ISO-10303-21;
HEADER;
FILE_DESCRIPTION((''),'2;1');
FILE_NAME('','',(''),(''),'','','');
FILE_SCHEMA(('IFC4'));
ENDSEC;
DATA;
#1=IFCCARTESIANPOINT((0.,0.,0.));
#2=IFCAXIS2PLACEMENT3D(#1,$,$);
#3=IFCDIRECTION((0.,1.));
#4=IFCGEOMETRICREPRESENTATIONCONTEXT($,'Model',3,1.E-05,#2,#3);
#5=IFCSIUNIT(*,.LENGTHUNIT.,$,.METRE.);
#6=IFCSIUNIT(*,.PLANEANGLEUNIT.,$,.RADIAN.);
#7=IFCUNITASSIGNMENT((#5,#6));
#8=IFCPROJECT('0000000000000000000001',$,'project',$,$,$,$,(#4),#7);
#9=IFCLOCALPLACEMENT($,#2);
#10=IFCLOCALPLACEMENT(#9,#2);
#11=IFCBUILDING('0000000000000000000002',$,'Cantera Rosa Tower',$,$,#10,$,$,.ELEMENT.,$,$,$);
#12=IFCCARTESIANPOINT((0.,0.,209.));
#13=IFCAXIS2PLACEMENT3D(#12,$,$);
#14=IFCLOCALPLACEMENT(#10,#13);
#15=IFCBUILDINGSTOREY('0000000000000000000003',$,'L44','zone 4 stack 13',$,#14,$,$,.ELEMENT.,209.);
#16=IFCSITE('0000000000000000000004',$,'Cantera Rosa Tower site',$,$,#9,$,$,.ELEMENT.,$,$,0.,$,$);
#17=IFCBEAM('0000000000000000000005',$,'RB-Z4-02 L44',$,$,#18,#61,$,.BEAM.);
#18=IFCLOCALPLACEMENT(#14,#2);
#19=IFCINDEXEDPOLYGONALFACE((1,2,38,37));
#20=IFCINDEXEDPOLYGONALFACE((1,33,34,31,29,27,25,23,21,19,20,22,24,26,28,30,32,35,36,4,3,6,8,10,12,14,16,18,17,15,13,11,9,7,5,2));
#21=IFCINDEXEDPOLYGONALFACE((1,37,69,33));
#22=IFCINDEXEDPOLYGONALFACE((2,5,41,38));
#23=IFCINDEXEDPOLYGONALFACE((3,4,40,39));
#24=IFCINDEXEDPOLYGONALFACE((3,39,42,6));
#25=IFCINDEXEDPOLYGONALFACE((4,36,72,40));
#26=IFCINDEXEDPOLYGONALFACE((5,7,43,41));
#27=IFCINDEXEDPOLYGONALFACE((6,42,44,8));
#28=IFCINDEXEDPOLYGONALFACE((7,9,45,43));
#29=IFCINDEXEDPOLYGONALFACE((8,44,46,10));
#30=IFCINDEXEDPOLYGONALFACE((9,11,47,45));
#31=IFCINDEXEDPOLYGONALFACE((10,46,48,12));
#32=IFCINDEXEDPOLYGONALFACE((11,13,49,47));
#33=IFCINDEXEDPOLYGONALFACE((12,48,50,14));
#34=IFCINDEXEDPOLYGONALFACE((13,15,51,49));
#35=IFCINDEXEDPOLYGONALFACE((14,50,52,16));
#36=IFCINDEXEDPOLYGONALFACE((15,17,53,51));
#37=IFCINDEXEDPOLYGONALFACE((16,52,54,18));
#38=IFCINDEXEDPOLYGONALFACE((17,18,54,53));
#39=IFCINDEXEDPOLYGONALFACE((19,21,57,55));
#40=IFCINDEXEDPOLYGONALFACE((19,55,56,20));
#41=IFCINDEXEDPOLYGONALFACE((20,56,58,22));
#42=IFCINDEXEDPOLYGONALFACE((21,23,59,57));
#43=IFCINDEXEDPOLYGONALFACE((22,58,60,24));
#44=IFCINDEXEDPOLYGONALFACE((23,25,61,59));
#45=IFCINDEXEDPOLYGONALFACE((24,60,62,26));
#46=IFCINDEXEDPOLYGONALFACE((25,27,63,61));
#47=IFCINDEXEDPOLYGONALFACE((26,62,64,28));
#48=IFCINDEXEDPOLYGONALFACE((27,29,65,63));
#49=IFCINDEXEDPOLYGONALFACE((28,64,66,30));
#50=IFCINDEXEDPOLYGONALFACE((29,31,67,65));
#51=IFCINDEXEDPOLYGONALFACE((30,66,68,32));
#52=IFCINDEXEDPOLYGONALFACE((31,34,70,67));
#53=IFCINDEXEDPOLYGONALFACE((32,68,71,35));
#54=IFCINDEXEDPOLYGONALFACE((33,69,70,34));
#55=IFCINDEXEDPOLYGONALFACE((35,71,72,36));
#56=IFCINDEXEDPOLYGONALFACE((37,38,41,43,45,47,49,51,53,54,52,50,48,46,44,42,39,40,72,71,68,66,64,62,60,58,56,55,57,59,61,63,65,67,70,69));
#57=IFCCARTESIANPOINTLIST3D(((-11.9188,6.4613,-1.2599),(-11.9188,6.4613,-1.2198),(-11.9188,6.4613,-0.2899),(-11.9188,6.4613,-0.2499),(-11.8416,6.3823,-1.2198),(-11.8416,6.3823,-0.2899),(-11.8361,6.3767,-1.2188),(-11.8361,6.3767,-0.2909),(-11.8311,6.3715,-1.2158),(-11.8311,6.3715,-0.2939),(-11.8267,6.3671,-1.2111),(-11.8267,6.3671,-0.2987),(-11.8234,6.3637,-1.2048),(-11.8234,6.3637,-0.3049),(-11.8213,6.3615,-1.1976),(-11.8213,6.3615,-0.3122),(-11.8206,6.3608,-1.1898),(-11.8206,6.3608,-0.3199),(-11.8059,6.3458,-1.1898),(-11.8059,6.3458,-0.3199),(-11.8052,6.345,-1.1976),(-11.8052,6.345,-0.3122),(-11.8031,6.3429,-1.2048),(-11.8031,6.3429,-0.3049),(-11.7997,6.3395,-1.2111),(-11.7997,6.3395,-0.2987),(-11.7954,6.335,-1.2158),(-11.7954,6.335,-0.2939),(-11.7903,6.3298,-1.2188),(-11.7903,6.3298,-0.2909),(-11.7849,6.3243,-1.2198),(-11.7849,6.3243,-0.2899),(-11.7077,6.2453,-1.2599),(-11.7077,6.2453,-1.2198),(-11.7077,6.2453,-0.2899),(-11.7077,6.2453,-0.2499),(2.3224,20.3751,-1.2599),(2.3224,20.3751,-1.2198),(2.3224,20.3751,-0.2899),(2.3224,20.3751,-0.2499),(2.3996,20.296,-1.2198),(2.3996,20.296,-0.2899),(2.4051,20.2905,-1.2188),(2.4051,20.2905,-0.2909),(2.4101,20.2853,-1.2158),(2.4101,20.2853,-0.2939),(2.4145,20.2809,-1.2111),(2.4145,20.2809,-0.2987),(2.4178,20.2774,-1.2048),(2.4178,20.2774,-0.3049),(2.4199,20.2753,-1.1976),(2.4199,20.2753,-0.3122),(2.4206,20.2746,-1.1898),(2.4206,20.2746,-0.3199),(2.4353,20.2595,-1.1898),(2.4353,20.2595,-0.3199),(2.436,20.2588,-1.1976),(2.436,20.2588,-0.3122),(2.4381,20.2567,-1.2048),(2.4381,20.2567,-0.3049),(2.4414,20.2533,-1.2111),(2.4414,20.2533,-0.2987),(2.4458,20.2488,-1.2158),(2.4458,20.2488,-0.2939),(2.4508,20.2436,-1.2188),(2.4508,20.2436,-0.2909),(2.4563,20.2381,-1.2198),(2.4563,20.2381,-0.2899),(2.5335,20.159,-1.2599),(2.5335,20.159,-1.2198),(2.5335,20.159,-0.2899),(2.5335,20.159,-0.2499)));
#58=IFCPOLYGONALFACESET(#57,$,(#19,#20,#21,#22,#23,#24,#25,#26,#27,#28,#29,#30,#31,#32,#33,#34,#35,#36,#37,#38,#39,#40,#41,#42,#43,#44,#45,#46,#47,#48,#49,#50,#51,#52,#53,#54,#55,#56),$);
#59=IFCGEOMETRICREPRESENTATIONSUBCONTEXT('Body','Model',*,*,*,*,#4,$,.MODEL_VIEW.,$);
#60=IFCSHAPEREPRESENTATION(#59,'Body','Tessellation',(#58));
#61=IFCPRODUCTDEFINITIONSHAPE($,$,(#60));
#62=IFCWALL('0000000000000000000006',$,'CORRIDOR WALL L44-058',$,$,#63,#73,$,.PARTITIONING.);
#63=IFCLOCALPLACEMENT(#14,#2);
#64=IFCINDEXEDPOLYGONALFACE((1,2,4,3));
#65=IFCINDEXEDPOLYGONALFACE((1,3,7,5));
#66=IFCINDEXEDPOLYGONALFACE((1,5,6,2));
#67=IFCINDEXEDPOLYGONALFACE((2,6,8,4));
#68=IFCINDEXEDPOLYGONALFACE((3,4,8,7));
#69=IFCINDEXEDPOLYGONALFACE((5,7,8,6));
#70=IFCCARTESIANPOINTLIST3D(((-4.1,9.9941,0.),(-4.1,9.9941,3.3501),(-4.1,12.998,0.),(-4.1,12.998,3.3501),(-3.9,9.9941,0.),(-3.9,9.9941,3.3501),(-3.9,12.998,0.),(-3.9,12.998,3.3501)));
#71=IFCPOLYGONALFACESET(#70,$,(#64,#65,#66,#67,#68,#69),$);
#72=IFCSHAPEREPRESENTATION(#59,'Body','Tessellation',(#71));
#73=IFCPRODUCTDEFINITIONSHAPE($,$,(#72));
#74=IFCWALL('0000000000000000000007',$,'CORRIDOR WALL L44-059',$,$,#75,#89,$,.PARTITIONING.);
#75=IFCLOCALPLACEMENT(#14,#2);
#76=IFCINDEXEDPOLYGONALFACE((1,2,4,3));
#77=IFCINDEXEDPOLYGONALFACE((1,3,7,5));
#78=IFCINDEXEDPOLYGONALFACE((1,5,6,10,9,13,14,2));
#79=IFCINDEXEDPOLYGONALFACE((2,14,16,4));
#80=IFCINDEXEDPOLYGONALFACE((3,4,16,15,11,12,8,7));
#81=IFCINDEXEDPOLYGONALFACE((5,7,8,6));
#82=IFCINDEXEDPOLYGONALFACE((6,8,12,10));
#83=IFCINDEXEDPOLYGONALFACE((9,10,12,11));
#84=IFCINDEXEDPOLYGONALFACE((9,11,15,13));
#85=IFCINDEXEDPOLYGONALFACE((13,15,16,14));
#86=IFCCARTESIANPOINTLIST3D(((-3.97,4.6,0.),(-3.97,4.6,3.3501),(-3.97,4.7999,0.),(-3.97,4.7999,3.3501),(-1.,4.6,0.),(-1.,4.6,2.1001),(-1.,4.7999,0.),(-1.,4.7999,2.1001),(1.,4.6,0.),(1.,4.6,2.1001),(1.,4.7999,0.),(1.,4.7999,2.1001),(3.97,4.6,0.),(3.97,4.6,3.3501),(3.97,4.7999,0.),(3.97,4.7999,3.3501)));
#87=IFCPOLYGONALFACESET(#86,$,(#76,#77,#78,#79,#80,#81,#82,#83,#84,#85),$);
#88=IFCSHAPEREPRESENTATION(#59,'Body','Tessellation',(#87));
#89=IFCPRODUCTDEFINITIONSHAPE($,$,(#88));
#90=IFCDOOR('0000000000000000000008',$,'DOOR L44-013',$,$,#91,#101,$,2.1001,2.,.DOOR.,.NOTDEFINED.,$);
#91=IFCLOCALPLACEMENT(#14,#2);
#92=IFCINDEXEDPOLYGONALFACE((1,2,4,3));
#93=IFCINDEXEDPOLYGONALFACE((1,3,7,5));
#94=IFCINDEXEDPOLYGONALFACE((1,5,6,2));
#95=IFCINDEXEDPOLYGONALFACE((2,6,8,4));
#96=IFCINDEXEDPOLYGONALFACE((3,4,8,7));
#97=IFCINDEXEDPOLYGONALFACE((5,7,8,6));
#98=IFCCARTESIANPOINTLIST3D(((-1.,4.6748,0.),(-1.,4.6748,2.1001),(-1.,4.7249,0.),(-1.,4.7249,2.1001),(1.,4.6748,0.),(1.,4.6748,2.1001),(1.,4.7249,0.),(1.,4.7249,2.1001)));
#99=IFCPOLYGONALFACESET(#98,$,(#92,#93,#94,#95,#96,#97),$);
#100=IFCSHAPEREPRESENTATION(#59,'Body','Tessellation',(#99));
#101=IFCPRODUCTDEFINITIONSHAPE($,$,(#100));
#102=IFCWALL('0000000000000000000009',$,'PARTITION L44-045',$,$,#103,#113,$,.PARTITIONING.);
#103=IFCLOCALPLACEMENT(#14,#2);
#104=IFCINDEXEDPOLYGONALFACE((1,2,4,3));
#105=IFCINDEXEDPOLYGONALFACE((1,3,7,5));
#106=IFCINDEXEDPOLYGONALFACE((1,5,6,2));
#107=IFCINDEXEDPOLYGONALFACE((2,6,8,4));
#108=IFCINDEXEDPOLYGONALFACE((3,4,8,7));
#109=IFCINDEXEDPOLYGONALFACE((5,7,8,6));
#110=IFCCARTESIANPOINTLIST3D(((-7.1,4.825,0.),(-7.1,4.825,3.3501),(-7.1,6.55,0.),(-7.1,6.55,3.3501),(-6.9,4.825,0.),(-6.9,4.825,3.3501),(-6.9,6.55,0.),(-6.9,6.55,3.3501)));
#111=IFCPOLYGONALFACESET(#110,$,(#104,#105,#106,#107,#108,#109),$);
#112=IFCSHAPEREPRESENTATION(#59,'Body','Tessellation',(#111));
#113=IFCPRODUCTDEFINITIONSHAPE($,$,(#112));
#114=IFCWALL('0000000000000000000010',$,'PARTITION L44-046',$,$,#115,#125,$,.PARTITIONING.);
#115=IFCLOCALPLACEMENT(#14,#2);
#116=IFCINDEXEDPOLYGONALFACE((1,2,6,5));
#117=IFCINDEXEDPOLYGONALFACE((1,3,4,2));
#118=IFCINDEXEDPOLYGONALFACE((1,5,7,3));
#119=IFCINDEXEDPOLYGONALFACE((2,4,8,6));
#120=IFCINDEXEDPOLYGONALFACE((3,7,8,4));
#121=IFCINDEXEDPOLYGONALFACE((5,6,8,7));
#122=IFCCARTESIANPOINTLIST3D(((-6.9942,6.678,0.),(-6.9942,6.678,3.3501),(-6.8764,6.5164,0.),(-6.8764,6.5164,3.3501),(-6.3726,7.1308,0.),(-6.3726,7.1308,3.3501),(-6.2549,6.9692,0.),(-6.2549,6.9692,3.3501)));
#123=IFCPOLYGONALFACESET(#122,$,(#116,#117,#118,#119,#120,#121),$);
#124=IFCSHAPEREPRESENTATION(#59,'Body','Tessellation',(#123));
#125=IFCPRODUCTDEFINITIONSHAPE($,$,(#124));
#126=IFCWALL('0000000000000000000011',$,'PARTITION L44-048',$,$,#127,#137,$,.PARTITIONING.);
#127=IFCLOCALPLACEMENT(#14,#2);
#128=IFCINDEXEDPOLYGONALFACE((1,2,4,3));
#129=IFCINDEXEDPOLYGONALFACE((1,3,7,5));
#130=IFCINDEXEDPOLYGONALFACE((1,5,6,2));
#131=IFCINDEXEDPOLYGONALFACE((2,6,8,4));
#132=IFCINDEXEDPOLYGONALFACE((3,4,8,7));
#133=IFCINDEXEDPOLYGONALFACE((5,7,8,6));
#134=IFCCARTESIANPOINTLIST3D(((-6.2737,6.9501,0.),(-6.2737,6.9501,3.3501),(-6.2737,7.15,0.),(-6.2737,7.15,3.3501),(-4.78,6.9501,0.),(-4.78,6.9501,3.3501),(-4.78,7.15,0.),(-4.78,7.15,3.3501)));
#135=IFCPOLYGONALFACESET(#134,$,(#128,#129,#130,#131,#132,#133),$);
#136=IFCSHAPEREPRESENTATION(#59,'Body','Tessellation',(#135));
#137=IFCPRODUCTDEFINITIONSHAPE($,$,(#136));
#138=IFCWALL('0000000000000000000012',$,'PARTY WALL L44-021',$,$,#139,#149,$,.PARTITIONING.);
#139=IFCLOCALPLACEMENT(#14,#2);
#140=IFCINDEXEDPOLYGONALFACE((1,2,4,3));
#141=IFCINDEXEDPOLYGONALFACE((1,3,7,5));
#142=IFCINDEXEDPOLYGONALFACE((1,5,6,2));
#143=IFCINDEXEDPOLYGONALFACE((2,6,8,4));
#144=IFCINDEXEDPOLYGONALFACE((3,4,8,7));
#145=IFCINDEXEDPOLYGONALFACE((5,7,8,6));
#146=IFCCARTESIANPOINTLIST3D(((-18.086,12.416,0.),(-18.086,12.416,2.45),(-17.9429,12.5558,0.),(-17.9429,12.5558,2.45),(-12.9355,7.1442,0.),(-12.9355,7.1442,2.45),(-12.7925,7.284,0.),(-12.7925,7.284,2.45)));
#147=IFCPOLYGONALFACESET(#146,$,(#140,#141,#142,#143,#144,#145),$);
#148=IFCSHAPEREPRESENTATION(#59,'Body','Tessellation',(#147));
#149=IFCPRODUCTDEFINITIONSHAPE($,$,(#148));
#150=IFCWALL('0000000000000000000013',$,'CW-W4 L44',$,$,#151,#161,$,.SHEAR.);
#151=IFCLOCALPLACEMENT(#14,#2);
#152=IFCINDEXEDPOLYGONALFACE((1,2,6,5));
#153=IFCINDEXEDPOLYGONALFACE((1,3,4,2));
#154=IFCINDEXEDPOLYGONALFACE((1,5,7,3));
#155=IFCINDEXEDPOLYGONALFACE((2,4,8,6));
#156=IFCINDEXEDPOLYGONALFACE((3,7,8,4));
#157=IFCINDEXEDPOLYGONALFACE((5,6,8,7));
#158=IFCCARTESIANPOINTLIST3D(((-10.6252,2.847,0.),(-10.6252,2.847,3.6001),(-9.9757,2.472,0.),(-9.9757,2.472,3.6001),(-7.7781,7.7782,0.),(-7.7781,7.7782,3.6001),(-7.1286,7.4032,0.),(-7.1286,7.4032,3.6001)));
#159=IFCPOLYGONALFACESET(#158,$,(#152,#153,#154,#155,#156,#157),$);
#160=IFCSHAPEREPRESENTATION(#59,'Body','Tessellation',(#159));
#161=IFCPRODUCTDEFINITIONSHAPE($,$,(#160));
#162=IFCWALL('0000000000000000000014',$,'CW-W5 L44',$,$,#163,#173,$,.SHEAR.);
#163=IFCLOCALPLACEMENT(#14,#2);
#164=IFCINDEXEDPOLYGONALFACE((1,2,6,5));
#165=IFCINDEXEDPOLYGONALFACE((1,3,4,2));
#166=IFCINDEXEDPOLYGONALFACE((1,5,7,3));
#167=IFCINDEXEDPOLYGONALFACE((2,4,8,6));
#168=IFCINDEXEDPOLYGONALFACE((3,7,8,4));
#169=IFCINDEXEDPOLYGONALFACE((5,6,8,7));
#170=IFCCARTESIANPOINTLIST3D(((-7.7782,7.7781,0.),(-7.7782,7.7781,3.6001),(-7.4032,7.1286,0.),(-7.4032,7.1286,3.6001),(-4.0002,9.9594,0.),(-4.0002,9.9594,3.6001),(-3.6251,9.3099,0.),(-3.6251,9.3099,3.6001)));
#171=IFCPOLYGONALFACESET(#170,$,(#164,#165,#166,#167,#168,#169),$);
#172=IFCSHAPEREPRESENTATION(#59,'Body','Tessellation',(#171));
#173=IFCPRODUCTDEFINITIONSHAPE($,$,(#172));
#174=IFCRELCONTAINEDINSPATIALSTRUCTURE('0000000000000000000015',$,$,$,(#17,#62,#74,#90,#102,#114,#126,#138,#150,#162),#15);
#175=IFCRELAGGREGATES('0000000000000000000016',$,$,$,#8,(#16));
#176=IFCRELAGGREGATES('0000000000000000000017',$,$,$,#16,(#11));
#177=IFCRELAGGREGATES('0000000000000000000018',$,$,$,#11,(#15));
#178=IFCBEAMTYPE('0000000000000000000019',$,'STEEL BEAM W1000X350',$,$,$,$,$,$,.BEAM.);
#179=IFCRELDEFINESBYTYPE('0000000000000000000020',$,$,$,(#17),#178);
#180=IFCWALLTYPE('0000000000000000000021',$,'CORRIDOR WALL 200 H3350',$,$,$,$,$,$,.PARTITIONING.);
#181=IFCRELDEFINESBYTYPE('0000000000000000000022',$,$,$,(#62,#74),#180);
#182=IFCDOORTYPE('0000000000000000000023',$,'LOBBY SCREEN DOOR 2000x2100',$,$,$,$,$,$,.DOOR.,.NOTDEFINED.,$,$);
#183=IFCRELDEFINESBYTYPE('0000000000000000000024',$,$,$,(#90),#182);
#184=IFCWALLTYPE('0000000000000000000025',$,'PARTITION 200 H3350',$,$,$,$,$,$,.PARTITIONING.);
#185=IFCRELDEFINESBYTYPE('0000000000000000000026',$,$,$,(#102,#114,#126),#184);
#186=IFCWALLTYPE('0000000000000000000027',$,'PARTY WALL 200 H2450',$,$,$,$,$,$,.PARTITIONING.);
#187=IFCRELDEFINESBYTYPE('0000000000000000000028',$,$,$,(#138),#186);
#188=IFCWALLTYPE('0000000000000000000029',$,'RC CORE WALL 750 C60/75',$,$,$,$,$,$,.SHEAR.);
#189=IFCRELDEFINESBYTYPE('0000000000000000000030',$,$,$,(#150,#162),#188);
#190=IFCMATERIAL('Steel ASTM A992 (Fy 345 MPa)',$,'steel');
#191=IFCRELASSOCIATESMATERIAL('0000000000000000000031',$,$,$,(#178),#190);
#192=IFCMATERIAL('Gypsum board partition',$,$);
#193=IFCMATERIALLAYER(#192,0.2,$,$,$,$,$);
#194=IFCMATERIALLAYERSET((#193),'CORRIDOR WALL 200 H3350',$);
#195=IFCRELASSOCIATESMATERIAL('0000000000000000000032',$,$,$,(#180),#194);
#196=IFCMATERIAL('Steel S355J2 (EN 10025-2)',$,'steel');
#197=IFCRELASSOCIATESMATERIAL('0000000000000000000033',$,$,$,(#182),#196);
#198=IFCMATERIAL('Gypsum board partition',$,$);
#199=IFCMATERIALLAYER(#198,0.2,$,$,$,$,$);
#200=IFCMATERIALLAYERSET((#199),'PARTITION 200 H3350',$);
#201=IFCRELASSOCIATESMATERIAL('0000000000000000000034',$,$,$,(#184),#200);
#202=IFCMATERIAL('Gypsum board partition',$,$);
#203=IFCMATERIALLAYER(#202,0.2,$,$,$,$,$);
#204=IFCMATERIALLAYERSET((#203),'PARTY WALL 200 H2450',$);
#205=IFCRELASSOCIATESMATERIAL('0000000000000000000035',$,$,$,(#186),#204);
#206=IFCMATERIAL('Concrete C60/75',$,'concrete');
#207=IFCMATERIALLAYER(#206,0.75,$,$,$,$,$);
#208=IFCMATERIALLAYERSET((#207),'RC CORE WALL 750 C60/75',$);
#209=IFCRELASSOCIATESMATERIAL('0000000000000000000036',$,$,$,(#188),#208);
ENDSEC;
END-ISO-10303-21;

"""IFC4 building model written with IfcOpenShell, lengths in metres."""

from ifc_helpers import new_model, si_unit, direction, frame, frame_2d, origin, origin_2d, place, context, subcontext, project, spatial, rectangle, i_section, extrude, material, layer, layer_set, material_profile, profile_set, type_object, element, fill, save


model = new_model("IFC4")

# Units and contexts
model_context = context("Model", 3, precision=1e-05, world=origin(), true_north=direction((0.0, 1.0)))
body_context = subcontext(model_context, "Body", "Model", "MODEL_VIEW")
ifc_project = project(units=[si_unit("LENGTHUNIT", "METRE"), si_unit("PLANEANGLEUNIT", "RADIAN")], contexts=[model_context])

# Site, building, storey
site_placement = place(None, origin())
site = spatial("IfcSite", under=ifc_project, at=site_placement, Name="Cantera Rosa Tower site", CompositionType="ELEMENT", RefElevation=0.0)
building_placement = place(site_placement, origin())
building = spatial("IfcBuilding", under=site, at=building_placement, Name="Cantera Rosa Tower", CompositionType="ELEMENT")
storey_placement = place(building_placement, frame((0.0, 0.0, 209.0)))
storey = spatial("IfcBuildingStorey", under=building, at=storey_placement, Name="L44", Description="zone 4 stack 13", CompositionType="ELEMENT", Elevation=209.0)

# Beam
ifc_material_1 = material(Name="Steel ASTM A992 (Fy 345 MPa)", Category="steel")
ifc_material_profile = material_profile(ifc_material_1, i_section(OverallWidth=0.302, OverallDepth=1.01, WebThickness=0.021, FlangeThickness=0.04, FilletRadius=0.03, at=origin_2d()), Name="W1000X350")
ifc_profile_set = profile_set([ifc_material_profile], Name="Steel ASTM A992 (Fy 345 MPa)")
beam_type = type_object("IfcBeamType", Name="STEEL BEAM W1000X350", PredefinedType="BEAM", material=ifc_profile_set)
beam_placement = place(storey_placement, frame((-11.8132, 6.3533, -0.7549), z_axis=(0.715281, 0.698837, 0.0), x_axis=(-0.698837, 0.715281, 0.0)))
element("IfcBeam", 1, at=beam_placement, inside=storey, type_object=beam_type, Name="RB-Z4-02 L44", PredefinedType="BEAM", context=body_context, shape_type="SweptSolid", body=[
    extrude(i_section(OverallWidth=0.302, OverallDepth=1.01, WebThickness=0.021, FlangeThickness=0.04, FilletRadius=0.03, at=origin_2d()), origin(), (0.0, 0.0, 1.0), 19.9099),
])

# Wall
ifc_material_2 = material(Name="Gypsum board partition")
ifc_layer_1 = layer(ifc_material_2, 0.2)
ifc_layer_set_1 = layer_set([ifc_layer_1], Name="CORRIDOR WALL 200 H3350")
wall_type_1 = type_object("IfcWallType", Name="CORRIDOR WALL 200 H3350", PredefinedType="PARTITIONING", material=ifc_layer_set_1)
wall_1_placement = place(storey_placement, frame((-4.0, 9.9941, 0.0), z_axis=(0.0, 0.0, 1.0), x_axis=(0.0, 1.0, 0.0)))
element("IfcWall", 2, at=wall_1_placement, inside=storey, type_object=wall_type_1, Name="CORRIDOR WALL L44-058", PredefinedType="PARTITIONING", context=body_context, shape_type="SweptSolid", body=[
    extrude(rectangle(XDim=3.0039, YDim=0.2, at=frame_2d((1.502, 0.0))), origin(), (0.0, 0.0, 1.0), 3.3501),
])

# Wall, opening, door
wall_2_placement = place(storey_placement, frame((-3.97, 4.7, 0.0), z_axis=(0.0, 0.0, 1.0), x_axis=(1.0, 0.0, 0.0)))
wall_2 = element("IfcWall", 3, at=wall_2_placement, inside=storey, type_object=wall_type_1, Name="CORRIDOR WALL L44-059", PredefinedType="PARTITIONING", context=body_context, shape_type="SweptSolid", body=[
    extrude(rectangle(XDim=7.9399, YDim=0.2, at=frame_2d((3.97, 0.0))), origin(), (0.0, 0.0, 1.0), 3.3501),
])
opening_1_placement = place(wall_2_placement, frame((2.97, 0.0, 0.0)))
opening_1 = element("IfcOpeningElement", 4, at=opening_1_placement, cuts=wall_2, PredefinedType="OPENING", context=body_context, shape_type="SweptSolid", body=[
    extrude(rectangle(XDim=2.0, YDim=2.1001, at=frame_2d((1.0, 1.05))), frame((0.0, 0.1099, 0.0), z_axis=(0.0, -1.0, 0.0), x_axis=(1.0, 0.0, 0.0)), (0.0, 0.0, 1.0), 0.22),
])
ifc_material_3 = material(Name="Steel S355J2 (EN 10025-2)", Category="steel")
door_type_1 = type_object("IfcDoorType", Name="LOBBY SCREEN DOOR 2000x2100", OperationType="NOTDEFINED", PredefinedType="DOOR", material=ifc_material_3)
door_1_placement = place(opening_1_placement, origin())
door_1 = element("IfcDoor", 5, at=door_1_placement, inside=storey, type_object=door_type_1, Name="DOOR L44-013", OperationType="NOTDEFINED", OverallHeight=2.1001, OverallWidth=2.0, PredefinedType="DOOR", context=body_context, shape_type="SweptSolid", body=[
    extrude(rectangle(XDim=2.0, YDim=2.1001, at=frame_2d((1.0, 1.05))), frame((0.0, 0.0249, 0.0), z_axis=(0.0, -1.0, 0.0), x_axis=(1.0, 0.0, 0.0)), (0.0, 0.0, 1.0), 0.05),
])
fill(opening_1, door_1)

# Walls
ifc_material_4 = material(Name="Gypsum board partition")
ifc_layer_2 = layer(ifc_material_4, 0.2)
ifc_layer_set_2 = layer_set([ifc_layer_2], Name="PARTITION 200 H3350")
wall_type_2 = type_object("IfcWallType", Name="PARTITION 200 H3350", PredefinedType="PARTITIONING", material=ifc_layer_set_2)
wall_3_placement = place(storey_placement, frame((-7.0, 4.825, 0.0), z_axis=(0.0, 0.0, 1.0), x_axis=(0.0, 1.0, 0.0)))
element("IfcWall", 6, at=wall_3_placement, inside=storey, type_object=wall_type_2, Name="PARTITION L44-045", PredefinedType="PARTITIONING", context=body_context, shape_type="SweptSolid", body=[
    extrude(rectangle(XDim=1.7251, YDim=0.2, at=frame_2d((0.8625, 0.0))), origin(), (0.0, 0.0, 1.0), 3.3501),
])
wall_4_placement = place(storey_placement, frame((-6.9353, 6.5972, 0.0), z_axis=(0.0, 0.0, 1.0), x_axis=(0.808228, 0.58887, 0.0)))
element("IfcWall", 7, at=wall_4_placement, inside=storey, type_object=wall_type_2, Name="PARTITION L44-046", PredefinedType="PARTITIONING", context=body_context, shape_type="SweptSolid", body=[
    extrude(rectangle(XDim=0.769, YDim=0.2, at=frame_2d((0.3845, 0.0))), origin(), (0.0, 0.0, 1.0), 3.3501),
])
wall_5_placement = place(storey_placement, frame((-6.2737, 7.05, 0.0), z_axis=(0.0, 0.0, 1.0), x_axis=(1.0, 0.0, 0.0)))
element("IfcWall", 8, at=wall_5_placement, inside=storey, type_object=wall_type_2, Name="PARTITION L44-048", PredefinedType="PARTITIONING", context=body_context, shape_type="SweptSolid", body=[
    extrude(rectangle(XDim=1.4937, YDim=0.2, at=frame_2d((0.7468, 0.0))), origin(), (0.0, 0.0, 1.0), 3.3501),
])
ifc_material_5 = material(Name="Gypsum board partition")
ifc_layer_3 = layer(ifc_material_5, 0.2)
ifc_layer_set_3 = layer_set([ifc_layer_3], Name="PARTY WALL 200 H2450")
wall_type_3 = type_object("IfcWallType", Name="PARTY WALL 200 H2450", PredefinedType="PARTITIONING", material=ifc_layer_set_3)
wall_6_placement = place(storey_placement, frame((-12.864, 7.2141, 0.0), z_axis=(0.0, 0.0, 1.0), x_axis=(-0.698827, 0.715291, 0.0)))
element("IfcWall", 9, at=wall_6_placement, inside=storey, type_object=wall_type_3, Name="PARTY WALL L44-021", PredefinedType="PARTITIONING", context=body_context, shape_type="SweptSolid", body=[
    extrude(rectangle(XDim=7.3701, YDim=0.2, at=frame_2d((3.6851, 0.0))), origin(), (0.0, 0.0, 1.0), 2.45),
])
ifc_material_6 = material(Name="Concrete C60/75", Category="concrete")
ifc_layer_4 = layer(ifc_material_6, 0.75)
ifc_layer_set_4 = layer_set([ifc_layer_4], Name="RC CORE WALL 750 C60/75")
wall_type_4 = type_object("IfcWallType", Name="RC CORE WALL 750 C60/75", PredefinedType="SHEAR", material=ifc_layer_set_4)
wall_7_placement = place(storey_placement, frame((-10.3005, 2.6594, 0.0), z_axis=(0.0, 0.0, 1.0), x_axis=(0.500022, 0.866013, 0.0)))
element("IfcWall", 10, at=wall_7_placement, inside=storey, type_object=wall_type_4, Name="CW-W4 L44", PredefinedType="SHEAR", context=body_context, shape_type="SweptSolid", body=[
    extrude(rectangle(XDim=5.6941, YDim=0.75, at=frame_2d((2.8472, 0.0))), origin(), (0.0, 0.0, 1.0), 3.6001),
])
wall_8_placement = place(storey_placement, frame((-7.5906, 7.4534, 0.0), z_axis=(0.0, 0.0, 1.0), x_axis=(0.866013, 0.500021, 0.0)))
element("IfcWall", 11, at=wall_8_placement, inside=storey, type_object=wall_type_4, Name="CW-W5 L44", PredefinedType="SHEAR", context=body_context, shape_type="SweptSolid", body=[
    extrude(rectangle(XDim=4.3625, YDim=0.75, at=frame_2d((2.1812, 0.0))), origin(), (0.0, 0.0, 1.0), 3.6001),
])

save(model, "model.ifc")
